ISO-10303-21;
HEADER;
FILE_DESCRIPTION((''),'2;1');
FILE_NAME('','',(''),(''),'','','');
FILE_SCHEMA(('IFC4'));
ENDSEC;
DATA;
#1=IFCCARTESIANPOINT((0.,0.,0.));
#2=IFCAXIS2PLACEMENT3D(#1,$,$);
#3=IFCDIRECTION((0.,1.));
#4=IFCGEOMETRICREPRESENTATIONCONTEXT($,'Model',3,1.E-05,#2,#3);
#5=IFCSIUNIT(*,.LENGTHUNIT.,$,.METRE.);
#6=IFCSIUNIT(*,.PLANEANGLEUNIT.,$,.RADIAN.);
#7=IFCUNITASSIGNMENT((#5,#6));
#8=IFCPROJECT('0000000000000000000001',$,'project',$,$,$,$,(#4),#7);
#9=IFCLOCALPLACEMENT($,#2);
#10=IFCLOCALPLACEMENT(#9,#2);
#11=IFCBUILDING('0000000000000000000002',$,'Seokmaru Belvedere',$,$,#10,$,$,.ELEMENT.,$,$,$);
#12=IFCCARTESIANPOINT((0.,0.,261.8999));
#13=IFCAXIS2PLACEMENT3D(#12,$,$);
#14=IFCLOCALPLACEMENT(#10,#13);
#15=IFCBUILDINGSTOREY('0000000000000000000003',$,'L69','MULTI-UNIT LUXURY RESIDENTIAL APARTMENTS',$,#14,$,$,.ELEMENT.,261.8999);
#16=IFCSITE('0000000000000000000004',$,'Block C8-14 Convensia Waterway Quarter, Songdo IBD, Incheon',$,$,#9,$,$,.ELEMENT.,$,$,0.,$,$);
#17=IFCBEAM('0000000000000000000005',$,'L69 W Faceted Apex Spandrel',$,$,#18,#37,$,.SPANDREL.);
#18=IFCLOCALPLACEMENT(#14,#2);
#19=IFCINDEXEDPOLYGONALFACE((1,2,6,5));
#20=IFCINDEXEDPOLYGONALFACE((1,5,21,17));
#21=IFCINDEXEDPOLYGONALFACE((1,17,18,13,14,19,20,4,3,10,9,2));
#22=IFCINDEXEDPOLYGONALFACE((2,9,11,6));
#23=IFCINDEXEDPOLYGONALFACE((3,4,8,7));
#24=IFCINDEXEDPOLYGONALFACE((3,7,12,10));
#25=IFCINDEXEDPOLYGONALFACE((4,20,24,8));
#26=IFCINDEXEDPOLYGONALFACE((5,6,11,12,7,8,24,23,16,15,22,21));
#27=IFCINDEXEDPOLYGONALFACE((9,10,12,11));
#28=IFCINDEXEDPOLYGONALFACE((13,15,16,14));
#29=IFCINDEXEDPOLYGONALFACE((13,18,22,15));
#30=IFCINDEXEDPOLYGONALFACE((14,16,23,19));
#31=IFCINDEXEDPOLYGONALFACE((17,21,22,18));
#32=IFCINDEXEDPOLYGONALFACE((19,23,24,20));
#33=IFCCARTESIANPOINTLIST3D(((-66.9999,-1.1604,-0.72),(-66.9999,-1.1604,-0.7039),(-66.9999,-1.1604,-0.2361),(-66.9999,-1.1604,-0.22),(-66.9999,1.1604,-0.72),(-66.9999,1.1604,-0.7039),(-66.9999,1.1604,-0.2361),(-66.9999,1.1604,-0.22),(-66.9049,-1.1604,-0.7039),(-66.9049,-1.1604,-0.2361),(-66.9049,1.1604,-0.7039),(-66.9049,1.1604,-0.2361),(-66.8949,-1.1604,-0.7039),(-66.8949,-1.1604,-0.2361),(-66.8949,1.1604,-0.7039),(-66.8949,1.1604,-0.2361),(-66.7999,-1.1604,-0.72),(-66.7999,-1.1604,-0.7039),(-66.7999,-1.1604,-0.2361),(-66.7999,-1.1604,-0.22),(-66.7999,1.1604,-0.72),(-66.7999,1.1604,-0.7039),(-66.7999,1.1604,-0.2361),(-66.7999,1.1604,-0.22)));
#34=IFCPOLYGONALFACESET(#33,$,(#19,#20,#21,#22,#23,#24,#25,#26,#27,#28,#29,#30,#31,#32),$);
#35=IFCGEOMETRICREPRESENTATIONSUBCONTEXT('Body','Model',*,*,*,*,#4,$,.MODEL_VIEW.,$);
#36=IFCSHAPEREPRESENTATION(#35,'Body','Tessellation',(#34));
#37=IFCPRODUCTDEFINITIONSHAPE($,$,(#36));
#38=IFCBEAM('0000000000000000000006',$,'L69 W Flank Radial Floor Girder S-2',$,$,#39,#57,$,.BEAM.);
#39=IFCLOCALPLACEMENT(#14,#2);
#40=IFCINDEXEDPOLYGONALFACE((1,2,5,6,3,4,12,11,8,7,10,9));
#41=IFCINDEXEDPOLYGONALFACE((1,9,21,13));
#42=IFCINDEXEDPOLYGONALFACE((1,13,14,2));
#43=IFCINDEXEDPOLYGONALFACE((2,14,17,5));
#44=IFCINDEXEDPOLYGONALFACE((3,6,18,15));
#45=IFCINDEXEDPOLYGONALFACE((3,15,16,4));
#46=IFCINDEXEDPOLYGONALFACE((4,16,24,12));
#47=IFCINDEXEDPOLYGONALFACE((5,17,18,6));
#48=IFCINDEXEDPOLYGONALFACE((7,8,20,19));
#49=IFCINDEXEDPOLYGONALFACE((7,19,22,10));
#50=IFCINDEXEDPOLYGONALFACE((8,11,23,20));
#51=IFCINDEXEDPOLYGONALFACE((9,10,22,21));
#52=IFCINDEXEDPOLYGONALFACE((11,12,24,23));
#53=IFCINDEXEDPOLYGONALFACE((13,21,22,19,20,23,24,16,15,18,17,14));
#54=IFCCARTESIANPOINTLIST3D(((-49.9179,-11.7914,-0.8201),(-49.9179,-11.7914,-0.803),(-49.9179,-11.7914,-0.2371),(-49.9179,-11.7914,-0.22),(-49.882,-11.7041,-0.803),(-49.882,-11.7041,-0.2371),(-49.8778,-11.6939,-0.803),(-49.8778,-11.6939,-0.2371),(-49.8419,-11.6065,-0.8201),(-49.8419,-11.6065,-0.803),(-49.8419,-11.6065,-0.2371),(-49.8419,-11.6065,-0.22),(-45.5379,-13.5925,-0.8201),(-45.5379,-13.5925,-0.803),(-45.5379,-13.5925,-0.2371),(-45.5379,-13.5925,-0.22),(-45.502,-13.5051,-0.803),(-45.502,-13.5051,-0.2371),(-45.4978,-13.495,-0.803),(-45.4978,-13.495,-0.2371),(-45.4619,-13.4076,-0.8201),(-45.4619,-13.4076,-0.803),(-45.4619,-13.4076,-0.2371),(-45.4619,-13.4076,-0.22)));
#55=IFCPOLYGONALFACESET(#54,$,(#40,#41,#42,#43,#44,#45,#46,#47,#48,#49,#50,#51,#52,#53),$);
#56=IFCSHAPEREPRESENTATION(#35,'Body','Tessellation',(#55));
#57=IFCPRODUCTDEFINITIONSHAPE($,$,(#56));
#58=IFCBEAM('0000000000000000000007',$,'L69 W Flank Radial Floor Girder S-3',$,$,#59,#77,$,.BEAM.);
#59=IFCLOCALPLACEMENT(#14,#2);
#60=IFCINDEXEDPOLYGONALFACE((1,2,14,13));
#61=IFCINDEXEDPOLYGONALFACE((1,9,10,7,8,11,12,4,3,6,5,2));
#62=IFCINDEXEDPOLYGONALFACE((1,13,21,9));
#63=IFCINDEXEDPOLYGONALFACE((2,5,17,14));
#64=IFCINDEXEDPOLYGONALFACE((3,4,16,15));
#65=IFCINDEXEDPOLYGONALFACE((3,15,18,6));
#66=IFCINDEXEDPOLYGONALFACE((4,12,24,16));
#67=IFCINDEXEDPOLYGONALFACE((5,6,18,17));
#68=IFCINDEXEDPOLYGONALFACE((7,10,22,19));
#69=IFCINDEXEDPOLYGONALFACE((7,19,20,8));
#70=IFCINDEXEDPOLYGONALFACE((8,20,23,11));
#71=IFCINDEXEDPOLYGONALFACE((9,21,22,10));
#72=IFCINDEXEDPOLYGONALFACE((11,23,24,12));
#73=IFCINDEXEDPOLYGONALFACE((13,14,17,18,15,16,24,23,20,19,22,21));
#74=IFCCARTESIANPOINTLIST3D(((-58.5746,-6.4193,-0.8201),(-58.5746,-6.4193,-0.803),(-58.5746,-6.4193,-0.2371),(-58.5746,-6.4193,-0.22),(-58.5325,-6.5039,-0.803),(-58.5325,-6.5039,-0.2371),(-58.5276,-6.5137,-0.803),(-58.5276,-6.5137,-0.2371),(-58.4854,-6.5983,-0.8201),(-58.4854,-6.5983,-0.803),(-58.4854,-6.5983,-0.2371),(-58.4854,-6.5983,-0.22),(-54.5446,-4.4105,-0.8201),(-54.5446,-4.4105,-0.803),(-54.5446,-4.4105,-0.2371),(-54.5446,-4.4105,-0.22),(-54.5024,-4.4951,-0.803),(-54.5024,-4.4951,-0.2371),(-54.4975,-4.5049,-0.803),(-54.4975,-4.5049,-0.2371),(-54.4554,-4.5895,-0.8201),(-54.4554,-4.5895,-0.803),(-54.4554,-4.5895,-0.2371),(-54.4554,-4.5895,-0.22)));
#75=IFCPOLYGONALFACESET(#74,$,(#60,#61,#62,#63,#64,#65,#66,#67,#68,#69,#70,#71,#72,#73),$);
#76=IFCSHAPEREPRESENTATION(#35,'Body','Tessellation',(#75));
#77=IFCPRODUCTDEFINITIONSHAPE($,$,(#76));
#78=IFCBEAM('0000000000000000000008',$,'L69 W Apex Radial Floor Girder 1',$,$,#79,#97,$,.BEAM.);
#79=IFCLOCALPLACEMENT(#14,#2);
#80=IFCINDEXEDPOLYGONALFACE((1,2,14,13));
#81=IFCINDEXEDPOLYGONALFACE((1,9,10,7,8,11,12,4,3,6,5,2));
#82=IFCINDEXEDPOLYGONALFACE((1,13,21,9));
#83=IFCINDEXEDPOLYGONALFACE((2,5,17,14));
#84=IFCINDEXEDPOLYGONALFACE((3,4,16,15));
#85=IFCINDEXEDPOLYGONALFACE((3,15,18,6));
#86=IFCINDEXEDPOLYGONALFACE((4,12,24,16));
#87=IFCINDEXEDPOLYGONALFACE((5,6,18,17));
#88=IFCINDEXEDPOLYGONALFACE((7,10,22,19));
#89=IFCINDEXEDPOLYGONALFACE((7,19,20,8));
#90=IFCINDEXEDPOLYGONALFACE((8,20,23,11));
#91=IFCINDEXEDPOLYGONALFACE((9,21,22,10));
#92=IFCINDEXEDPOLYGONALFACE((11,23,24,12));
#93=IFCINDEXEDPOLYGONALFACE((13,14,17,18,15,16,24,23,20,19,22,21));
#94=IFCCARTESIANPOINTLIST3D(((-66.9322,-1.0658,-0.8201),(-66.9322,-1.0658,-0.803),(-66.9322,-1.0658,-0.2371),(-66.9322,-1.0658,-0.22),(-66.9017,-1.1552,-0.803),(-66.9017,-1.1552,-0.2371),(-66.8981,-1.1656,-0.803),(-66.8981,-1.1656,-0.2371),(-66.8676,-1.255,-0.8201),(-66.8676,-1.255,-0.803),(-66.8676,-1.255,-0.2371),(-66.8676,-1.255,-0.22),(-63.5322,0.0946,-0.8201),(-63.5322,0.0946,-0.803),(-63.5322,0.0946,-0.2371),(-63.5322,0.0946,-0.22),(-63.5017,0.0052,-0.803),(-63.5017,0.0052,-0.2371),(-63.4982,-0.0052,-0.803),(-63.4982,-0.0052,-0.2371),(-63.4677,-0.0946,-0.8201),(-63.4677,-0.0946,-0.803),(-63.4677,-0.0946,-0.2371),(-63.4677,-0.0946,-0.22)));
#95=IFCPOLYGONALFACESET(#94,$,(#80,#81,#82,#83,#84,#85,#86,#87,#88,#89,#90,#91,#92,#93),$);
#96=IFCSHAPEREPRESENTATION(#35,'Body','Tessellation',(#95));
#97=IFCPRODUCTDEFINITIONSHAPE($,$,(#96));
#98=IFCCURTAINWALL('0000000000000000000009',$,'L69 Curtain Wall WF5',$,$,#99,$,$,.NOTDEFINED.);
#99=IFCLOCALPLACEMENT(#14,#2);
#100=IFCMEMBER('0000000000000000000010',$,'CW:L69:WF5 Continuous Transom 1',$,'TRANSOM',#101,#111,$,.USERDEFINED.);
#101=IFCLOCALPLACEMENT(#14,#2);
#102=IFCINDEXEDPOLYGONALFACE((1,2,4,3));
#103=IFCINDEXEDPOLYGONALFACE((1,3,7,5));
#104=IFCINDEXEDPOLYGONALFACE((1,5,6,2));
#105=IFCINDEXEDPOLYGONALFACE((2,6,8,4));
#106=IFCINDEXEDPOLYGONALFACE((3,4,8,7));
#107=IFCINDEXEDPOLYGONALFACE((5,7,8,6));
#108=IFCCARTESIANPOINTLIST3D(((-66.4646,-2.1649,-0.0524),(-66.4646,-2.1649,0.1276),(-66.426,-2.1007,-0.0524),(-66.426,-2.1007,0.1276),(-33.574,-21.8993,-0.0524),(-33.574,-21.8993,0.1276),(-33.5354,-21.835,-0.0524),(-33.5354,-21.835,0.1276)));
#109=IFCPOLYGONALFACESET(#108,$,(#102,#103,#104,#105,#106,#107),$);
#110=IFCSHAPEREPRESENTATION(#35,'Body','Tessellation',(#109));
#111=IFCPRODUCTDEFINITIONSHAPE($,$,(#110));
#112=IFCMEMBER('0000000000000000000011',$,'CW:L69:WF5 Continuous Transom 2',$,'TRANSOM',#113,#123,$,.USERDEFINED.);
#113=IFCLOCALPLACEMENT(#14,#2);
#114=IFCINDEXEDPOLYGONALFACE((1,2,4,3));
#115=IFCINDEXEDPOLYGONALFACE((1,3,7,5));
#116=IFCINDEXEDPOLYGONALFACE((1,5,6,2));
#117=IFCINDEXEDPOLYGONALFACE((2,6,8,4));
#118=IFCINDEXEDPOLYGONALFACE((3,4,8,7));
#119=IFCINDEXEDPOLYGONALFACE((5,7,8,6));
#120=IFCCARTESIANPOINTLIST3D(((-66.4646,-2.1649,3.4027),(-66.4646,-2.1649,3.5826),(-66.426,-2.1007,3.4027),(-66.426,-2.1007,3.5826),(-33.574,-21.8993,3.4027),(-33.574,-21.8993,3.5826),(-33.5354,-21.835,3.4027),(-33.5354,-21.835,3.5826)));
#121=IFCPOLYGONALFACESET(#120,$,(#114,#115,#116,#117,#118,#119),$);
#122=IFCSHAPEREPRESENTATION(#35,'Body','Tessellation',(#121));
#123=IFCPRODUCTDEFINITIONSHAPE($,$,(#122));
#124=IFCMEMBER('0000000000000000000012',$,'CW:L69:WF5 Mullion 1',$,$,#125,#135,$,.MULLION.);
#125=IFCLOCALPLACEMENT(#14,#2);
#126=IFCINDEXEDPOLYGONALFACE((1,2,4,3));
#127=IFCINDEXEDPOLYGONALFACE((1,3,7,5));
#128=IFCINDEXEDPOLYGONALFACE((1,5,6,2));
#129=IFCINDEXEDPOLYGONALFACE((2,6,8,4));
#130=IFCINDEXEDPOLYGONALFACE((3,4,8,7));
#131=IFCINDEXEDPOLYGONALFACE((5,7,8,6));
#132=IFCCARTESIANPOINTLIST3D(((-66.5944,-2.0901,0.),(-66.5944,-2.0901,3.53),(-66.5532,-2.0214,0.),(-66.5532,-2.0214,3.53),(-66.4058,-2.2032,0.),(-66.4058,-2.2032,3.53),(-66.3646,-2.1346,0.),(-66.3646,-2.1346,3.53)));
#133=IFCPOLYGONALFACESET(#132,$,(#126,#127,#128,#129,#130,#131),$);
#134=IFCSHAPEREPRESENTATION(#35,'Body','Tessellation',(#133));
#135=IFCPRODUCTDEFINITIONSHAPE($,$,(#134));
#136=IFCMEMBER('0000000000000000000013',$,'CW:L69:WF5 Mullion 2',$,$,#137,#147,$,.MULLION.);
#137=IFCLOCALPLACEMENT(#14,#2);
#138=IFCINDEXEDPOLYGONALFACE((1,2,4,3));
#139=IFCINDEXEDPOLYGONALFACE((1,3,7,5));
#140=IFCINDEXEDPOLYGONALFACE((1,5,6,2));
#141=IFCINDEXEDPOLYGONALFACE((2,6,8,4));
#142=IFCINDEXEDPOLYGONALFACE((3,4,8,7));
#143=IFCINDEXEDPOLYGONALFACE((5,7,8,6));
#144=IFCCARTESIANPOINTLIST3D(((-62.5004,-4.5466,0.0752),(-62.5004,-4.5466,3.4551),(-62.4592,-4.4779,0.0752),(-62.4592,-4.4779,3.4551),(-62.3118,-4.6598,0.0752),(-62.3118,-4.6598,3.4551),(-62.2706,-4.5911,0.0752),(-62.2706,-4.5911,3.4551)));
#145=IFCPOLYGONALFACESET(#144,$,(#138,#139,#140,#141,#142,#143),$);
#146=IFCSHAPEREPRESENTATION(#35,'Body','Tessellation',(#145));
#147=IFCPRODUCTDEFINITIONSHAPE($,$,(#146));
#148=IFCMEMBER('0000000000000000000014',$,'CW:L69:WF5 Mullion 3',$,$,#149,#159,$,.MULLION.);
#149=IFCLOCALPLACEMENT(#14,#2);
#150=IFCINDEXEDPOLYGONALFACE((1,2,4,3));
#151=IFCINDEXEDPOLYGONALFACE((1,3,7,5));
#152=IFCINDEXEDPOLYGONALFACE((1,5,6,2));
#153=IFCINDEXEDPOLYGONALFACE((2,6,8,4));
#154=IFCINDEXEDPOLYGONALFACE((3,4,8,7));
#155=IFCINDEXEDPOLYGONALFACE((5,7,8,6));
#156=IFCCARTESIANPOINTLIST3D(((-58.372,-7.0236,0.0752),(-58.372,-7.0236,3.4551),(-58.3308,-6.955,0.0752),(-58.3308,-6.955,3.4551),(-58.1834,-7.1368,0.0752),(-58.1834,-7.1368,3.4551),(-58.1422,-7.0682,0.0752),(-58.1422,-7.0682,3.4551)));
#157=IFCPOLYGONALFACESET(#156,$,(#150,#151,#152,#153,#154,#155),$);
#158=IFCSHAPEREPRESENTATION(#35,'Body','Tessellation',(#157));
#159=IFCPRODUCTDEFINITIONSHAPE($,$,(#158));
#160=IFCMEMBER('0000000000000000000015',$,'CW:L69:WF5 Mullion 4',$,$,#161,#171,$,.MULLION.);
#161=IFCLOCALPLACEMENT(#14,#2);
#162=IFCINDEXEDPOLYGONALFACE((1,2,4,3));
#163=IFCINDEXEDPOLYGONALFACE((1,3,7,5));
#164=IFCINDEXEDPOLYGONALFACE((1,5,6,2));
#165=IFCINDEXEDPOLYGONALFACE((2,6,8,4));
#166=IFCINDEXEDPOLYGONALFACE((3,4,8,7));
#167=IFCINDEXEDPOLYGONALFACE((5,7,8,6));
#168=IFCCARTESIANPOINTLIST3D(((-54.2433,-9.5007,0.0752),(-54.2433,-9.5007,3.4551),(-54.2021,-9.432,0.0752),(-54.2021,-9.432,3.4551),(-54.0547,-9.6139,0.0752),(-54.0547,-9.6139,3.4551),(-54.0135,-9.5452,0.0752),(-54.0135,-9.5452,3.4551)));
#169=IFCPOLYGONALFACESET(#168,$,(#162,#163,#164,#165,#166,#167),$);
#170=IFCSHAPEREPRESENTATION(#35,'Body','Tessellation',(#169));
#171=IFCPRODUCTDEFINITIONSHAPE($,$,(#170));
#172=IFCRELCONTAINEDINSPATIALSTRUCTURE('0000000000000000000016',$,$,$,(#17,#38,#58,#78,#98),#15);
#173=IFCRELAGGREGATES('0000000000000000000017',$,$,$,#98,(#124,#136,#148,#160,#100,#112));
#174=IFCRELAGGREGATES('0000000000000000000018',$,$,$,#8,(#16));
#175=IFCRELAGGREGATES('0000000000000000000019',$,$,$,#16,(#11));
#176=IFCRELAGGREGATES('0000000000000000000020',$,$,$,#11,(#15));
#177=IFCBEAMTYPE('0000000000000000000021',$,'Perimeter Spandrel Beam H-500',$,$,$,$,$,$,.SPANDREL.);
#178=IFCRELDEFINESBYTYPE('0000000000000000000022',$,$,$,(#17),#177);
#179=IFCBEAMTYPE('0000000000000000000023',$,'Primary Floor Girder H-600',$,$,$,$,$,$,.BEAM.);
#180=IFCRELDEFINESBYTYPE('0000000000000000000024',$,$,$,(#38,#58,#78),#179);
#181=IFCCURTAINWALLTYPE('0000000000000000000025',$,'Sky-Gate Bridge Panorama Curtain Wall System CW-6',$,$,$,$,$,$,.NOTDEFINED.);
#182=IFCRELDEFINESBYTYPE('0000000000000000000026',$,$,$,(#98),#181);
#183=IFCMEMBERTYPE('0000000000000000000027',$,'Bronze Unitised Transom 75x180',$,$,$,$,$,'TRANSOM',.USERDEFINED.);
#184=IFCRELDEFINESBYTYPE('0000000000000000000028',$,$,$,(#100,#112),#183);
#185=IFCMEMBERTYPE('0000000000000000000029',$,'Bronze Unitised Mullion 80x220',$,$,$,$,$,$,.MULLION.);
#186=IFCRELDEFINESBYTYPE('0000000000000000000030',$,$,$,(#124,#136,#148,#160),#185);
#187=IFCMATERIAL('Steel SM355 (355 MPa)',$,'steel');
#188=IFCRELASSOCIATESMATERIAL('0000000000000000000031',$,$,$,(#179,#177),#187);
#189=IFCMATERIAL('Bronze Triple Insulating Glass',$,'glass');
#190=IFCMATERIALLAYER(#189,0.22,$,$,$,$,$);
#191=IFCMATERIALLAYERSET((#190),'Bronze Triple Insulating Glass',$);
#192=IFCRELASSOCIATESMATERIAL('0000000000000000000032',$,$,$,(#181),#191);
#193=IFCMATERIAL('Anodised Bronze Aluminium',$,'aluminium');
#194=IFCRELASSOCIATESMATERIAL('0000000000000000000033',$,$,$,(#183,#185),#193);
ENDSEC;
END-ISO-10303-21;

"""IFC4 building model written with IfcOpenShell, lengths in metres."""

from ifc_helpers import new_model, si_unit, direction, frame, origin, origin_2d, place, context, subcontext, project, spatial, rectangle, i_section, extrude, source, transform, mapped, material, layer, layer_set, material_profile, profile_set, type_object, type_shapes, element, aggregate, save


model = new_model("IFC4")

# Units and contexts
model_context = context("Model", 3, precision=1e-05, world=origin(), true_north=direction((0.0, 1.0)))
body_context = subcontext(model_context, "Body", "Model", "MODEL_VIEW")
ifc_project = project(units=[si_unit("LENGTHUNIT", "METRE"), si_unit("PLANEANGLEUNIT", "RADIAN")], contexts=[model_context])

# Site, building, storey
site_placement = place(None, origin())
site = spatial("IfcSite", under=ifc_project, at=site_placement, Name="Block C8-14 Convensia Waterway Quarter, Songdo IBD, Incheon", CompositionType="ELEMENT", RefElevation=0.0)
building_placement = place(site_placement, origin())
building = spatial("IfcBuilding", under=site, at=building_placement, Name="Seokmaru Belvedere", CompositionType="ELEMENT")
storey_placement = place(building_placement, frame((0.0, 0.0, 261.8999)))
storey = spatial("IfcBuildingStorey", under=building, at=storey_placement, Name="L69", Description="MULTI-UNIT LUXURY RESIDENTIAL APARTMENTS", CompositionType="ELEMENT", Elevation=261.8999)

# Shared definitions
ifc_material_1 = material(Name="Steel SM355 (355 MPa)", Category="steel")

# Beams
ifc_material_profile_1 = material_profile(ifc_material_1, i_section(OverallWidth=0.2, OverallDepth=0.6001, WebThickness=0.011, FlangeThickness=0.0171, at=origin_2d()), Name="H-600x200x11x17")
ifc_profile_set_1 = profile_set([ifc_material_profile_1], Name="Steel SM355 (355 MPa)")
beam_type_1 = type_object("IfcBeamType", Name="Primary Floor Girder H-600", PredefinedType="BEAM", material=ifc_profile_set_1)
ifc_material_profile_2 = material_profile(ifc_material_1, i_section(OverallWidth=0.2, OverallDepth=0.5, WebThickness=0.01, FlangeThickness=0.0161, at=origin_2d()), Name="H-500x200x10x16")
ifc_profile_set_2 = profile_set([ifc_material_profile_2], Name="Steel SM355 (355 MPa)")
beam_type_2 = type_object("IfcBeamType", Name="Perimeter Spandrel Beam H-500", PredefinedType="SPANDREL", material=ifc_profile_set_2)
shared_shape_1 = source(origin(), body_context, "Body", "SweptSolid", [
    extrude(i_section(OverallWidth=0.2, OverallDepth=0.5, WebThickness=0.01, FlangeThickness=0.0161, at=origin_2d()), origin(), (0.0, 0.0, 1.0), 2.3208),
])
beam_1_placement = place(storey_placement, frame((-66.8999, -1.1604, -0.47), z_axis=(0.0, 1.0, 0.0), x_axis=(-1.0, 0.0, 0.0)))
element("IfcBeam", 1, at=beam_1_placement, inside=storey, type_object=beam_type_2, Name="L69 W Faceted Apex Spandrel", PredefinedType="SPANDREL", context=body_context, shape_type="MappedRepresentation", body=[
    mapped(shared_shape_1, transform((0.0, 0.0, 0.0), scale=1.0)),
])
shared_shape_2 = source(origin(), body_context, "Body", "SweptSolid", [
    extrude(i_section(OverallWidth=0.2, OverallDepth=0.6001, WebThickness=0.011, FlangeThickness=0.0171, at=origin_2d()), origin(), (0.0, 0.0, 1.0), 4.7358),
])
beam_2_placement = place(storey_placement, frame((-49.8799, -11.699, -0.52), z_axis=(0.924861, -0.380306, 0.0), x_axis=(0.380306, 0.924861, 0.0)))
element("IfcBeam", 2, at=beam_2_placement, inside=storey, type_object=beam_type_1, Name="L69 W Flank Radial Floor Girder S-2", PredefinedType="BEAM", context=body_context, shape_type="MappedRepresentation", body=[
    mapped(shared_shape_2, transform((0.0, 0.0, 0.0), scale=1.0)),
])
shared_shape_3 = source(origin(), body_context, "Body", "SweptSolid", [
    extrude(i_section(OverallWidth=0.2, OverallDepth=0.6001, WebThickness=0.011, FlangeThickness=0.0171, at=origin_2d()), origin(), (0.0, 0.0, 1.0), 4.5029),
])
beam_3_placement = place(storey_placement, frame((-58.53, -6.5088, -0.52), z_axis=(0.89498, 0.446107, 0.0), x_axis=(-0.446107, 0.89498, 0.0)))
element("IfcBeam", 3, at=beam_3_placement, inside=storey, type_object=beam_type_1, Name="L69 W Flank Radial Floor Girder S-3", PredefinedType="BEAM", context=body_context, shape_type="MappedRepresentation", body=[
    mapped(shared_shape_3, transform((0.0, 0.0, 0.0), scale=1.0)),
])
shared_shape_4 = source(origin(), body_context, "Body", "SweptSolid", [
    extrude(i_section(OverallWidth=0.2, OverallDepth=0.6001, WebThickness=0.011, FlangeThickness=0.0171, at=origin_2d()), origin(), (0.0, 0.0, 1.0), 3.5925),
])
beam_4_placement = place(storey_placement, frame((-66.8999, -1.1604, -0.52), z_axis=(0.946396, 0.323009, 0.0), x_axis=(-0.323009, 0.946396, 0.0)))
element("IfcBeam", 4, at=beam_4_placement, inside=storey, type_object=beam_type_1, Name="L69 W Apex Radial Floor Girder 1", PredefinedType="BEAM", context=body_context, shape_type="MappedRepresentation", body=[
    mapped(shared_shape_4, transform((0.0, 0.0, 0.0), scale=1.0)),
])

# Curtain wall, members
ifc_material_2 = material(Name="Bronze Triple Insulating Glass", Category="glass")
ifc_layer_1 = layer(ifc_material_2, 0.22)
ifc_layer_set_1 = layer_set([ifc_layer_1], Name="Bronze Triple Insulating Glass")
curtain_wall_type = type_object("IfcCurtainWallType", Name="Sky-Gate Bridge Panorama Curtain Wall System CW-6", PredefinedType="NOTDEFINED", material=ifc_layer_set_1)
curtain_wall_placement = place(storey_placement, origin())
curtain_wall = element("IfcCurtainWall", 5, at=curtain_wall_placement, inside=storey, type_object=curtain_wall_type, Name="L69 Curtain Wall WF5", PredefinedType="NOTDEFINED")
ifc_material_3 = material(Name="Anodised Bronze Aluminium", Category="aluminium")
ifc_material_profile_3 = material_profile(ifc_material_3, rectangle(XDim=0.075, YDim=0.1799, at=origin_2d()), Name="CW-T-75x180")
ifc_profile_set_3 = profile_set([ifc_material_profile_3], Name="Anodised Bronze Aluminium")
member_type_1 = type_object("IfcMemberType", Name="Bronze Unitised Transom 75x180", ElementType="TRANSOM", PredefinedType="USERDEFINED", material=ifc_profile_set_3)
shared_shape_5 = source(origin(), body_context, "Body", "SweptSolid", [
    extrude(rectangle(XDim=0.075, YDim=0.1799, at=origin_2d()), origin(), (0.0, 0.0, 1.0), 38.3567),
])
type_shapes(member_type_1, [shared_shape_5])
member_1_placement = place(storey_placement, frame((-66.4453, -2.1328, 0.0376), z_axis=(0.857493, -0.514496, 0.0), x_axis=(0.514496, 0.857493, 0.0)))
member_1 = element("IfcMember", 6, at=member_1_placement, type_object=member_type_1, Name="CW:L69:WF5 Continuous Transom 1", ObjectType="TRANSOM", PredefinedType="USERDEFINED", context=body_context, shape_type="MappedRepresentation", body=[
    mapped(shared_shape_5, transform((0.0, 0.0, 0.0), scale=1.0)),
])
member_2_placement = place(storey_placement, frame((-66.4453, -2.1328, 3.4927), z_axis=(0.857493, -0.514496, 0.0), x_axis=(0.514496, 0.857493, 0.0)))
member_2 = element("IfcMember", 7, at=member_2_placement, type_object=member_type_1, Name="CW:L69:WF5 Continuous Transom 2", ObjectType="TRANSOM", PredefinedType="USERDEFINED", context=body_context, shape_type="MappedRepresentation", body=[
    mapped(shared_shape_5, transform((0.0, 0.0, 0.0), scale=1.0)),
])
ifc_material_profile_4 = material_profile(ifc_material_3, rectangle(XDim=0.0801, YDim=0.22, at=origin_2d()), Name="CW-M-80x220")
ifc_profile_set_4 = profile_set([ifc_material_profile_4], Name="Anodised Bronze Aluminium")
member_type_2 = type_object("IfcMemberType", Name="Bronze Unitised Mullion 80x220", PredefinedType="MULLION", material=ifc_profile_set_4)
shared_shape_6 = source(origin(), body_context, "Body", "SweptSolid", [
    extrude(rectangle(XDim=0.0801, YDim=0.22, at=origin_2d()), origin(), (0.0, 0.0, 1.0), 3.53),
])
member_3_placement = place(storey_placement, frame((-66.4795, -2.1123, 0.0), z_axis=(0.0, 0.0, 1.0), x_axis=(0.514495, 0.857493, 0.0)))
member_3 = element("IfcMember", 8, at=member_3_placement, type_object=member_type_2, Name="CW:L69:WF5 Mullion 1", PredefinedType="MULLION", context=body_context, shape_type="MappedRepresentation", body=[
    mapped(shared_shape_6, transform((0.0, 0.0, 0.0), scale=1.0)),
])
shared_shape_7 = source(origin(), body_context, "Body", "SweptSolid", [
    extrude(rectangle(XDim=0.0801, YDim=0.22, at=origin_2d()), origin(), (0.0, 0.0, 1.0), 3.3799),
])
type_shapes(member_type_2, [shared_shape_6, shared_shape_7])
member_4_placement = place(storey_placement, frame((-62.3855, -4.5688, 0.0752), z_axis=(0.0, 0.0, 1.0), x_axis=(0.514495, 0.857493, 0.0)))
member_4 = element("IfcMember", 9, at=member_4_placement, type_object=member_type_2, Name="CW:L69:WF5 Mullion 2", PredefinedType="MULLION", context=body_context, shape_type="MappedRepresentation", body=[
    mapped(shared_shape_7, transform((0.0, 0.0, 0.0), scale=1.0)),
])
member_5_placement = place(storey_placement, frame((-58.2571, -7.0459, 0.0752), z_axis=(0.0, 0.0, 1.0), x_axis=(0.514495, 0.857493, 0.0)))
member_5 = element("IfcMember", 10, at=member_5_placement, type_object=member_type_2, Name="CW:L69:WF5 Mullion 3", PredefinedType="MULLION", context=body_context, shape_type="MappedRepresentation", body=[
    mapped(shared_shape_7, transform((0.0, 0.0, 0.0), scale=1.0)),
])
member_6_placement = place(storey_placement, frame((-54.1284, -9.5229, 0.0752), z_axis=(0.0, 0.0, 1.0), x_axis=(0.514495, 0.857493, 0.0)))
member_6 = element("IfcMember", 11, at=member_6_placement, type_object=member_type_2, Name="CW:L69:WF5 Mullion 4", PredefinedType="MULLION", context=body_context, shape_type="MappedRepresentation", body=[
    mapped(shared_shape_7, transform((0.0, 0.0, 0.0), scale=1.0)),
])
aggregate(curtain_wall, [member_3, member_4, member_5, member_6, member_1, member_2])

save(model, "model.ifc")
